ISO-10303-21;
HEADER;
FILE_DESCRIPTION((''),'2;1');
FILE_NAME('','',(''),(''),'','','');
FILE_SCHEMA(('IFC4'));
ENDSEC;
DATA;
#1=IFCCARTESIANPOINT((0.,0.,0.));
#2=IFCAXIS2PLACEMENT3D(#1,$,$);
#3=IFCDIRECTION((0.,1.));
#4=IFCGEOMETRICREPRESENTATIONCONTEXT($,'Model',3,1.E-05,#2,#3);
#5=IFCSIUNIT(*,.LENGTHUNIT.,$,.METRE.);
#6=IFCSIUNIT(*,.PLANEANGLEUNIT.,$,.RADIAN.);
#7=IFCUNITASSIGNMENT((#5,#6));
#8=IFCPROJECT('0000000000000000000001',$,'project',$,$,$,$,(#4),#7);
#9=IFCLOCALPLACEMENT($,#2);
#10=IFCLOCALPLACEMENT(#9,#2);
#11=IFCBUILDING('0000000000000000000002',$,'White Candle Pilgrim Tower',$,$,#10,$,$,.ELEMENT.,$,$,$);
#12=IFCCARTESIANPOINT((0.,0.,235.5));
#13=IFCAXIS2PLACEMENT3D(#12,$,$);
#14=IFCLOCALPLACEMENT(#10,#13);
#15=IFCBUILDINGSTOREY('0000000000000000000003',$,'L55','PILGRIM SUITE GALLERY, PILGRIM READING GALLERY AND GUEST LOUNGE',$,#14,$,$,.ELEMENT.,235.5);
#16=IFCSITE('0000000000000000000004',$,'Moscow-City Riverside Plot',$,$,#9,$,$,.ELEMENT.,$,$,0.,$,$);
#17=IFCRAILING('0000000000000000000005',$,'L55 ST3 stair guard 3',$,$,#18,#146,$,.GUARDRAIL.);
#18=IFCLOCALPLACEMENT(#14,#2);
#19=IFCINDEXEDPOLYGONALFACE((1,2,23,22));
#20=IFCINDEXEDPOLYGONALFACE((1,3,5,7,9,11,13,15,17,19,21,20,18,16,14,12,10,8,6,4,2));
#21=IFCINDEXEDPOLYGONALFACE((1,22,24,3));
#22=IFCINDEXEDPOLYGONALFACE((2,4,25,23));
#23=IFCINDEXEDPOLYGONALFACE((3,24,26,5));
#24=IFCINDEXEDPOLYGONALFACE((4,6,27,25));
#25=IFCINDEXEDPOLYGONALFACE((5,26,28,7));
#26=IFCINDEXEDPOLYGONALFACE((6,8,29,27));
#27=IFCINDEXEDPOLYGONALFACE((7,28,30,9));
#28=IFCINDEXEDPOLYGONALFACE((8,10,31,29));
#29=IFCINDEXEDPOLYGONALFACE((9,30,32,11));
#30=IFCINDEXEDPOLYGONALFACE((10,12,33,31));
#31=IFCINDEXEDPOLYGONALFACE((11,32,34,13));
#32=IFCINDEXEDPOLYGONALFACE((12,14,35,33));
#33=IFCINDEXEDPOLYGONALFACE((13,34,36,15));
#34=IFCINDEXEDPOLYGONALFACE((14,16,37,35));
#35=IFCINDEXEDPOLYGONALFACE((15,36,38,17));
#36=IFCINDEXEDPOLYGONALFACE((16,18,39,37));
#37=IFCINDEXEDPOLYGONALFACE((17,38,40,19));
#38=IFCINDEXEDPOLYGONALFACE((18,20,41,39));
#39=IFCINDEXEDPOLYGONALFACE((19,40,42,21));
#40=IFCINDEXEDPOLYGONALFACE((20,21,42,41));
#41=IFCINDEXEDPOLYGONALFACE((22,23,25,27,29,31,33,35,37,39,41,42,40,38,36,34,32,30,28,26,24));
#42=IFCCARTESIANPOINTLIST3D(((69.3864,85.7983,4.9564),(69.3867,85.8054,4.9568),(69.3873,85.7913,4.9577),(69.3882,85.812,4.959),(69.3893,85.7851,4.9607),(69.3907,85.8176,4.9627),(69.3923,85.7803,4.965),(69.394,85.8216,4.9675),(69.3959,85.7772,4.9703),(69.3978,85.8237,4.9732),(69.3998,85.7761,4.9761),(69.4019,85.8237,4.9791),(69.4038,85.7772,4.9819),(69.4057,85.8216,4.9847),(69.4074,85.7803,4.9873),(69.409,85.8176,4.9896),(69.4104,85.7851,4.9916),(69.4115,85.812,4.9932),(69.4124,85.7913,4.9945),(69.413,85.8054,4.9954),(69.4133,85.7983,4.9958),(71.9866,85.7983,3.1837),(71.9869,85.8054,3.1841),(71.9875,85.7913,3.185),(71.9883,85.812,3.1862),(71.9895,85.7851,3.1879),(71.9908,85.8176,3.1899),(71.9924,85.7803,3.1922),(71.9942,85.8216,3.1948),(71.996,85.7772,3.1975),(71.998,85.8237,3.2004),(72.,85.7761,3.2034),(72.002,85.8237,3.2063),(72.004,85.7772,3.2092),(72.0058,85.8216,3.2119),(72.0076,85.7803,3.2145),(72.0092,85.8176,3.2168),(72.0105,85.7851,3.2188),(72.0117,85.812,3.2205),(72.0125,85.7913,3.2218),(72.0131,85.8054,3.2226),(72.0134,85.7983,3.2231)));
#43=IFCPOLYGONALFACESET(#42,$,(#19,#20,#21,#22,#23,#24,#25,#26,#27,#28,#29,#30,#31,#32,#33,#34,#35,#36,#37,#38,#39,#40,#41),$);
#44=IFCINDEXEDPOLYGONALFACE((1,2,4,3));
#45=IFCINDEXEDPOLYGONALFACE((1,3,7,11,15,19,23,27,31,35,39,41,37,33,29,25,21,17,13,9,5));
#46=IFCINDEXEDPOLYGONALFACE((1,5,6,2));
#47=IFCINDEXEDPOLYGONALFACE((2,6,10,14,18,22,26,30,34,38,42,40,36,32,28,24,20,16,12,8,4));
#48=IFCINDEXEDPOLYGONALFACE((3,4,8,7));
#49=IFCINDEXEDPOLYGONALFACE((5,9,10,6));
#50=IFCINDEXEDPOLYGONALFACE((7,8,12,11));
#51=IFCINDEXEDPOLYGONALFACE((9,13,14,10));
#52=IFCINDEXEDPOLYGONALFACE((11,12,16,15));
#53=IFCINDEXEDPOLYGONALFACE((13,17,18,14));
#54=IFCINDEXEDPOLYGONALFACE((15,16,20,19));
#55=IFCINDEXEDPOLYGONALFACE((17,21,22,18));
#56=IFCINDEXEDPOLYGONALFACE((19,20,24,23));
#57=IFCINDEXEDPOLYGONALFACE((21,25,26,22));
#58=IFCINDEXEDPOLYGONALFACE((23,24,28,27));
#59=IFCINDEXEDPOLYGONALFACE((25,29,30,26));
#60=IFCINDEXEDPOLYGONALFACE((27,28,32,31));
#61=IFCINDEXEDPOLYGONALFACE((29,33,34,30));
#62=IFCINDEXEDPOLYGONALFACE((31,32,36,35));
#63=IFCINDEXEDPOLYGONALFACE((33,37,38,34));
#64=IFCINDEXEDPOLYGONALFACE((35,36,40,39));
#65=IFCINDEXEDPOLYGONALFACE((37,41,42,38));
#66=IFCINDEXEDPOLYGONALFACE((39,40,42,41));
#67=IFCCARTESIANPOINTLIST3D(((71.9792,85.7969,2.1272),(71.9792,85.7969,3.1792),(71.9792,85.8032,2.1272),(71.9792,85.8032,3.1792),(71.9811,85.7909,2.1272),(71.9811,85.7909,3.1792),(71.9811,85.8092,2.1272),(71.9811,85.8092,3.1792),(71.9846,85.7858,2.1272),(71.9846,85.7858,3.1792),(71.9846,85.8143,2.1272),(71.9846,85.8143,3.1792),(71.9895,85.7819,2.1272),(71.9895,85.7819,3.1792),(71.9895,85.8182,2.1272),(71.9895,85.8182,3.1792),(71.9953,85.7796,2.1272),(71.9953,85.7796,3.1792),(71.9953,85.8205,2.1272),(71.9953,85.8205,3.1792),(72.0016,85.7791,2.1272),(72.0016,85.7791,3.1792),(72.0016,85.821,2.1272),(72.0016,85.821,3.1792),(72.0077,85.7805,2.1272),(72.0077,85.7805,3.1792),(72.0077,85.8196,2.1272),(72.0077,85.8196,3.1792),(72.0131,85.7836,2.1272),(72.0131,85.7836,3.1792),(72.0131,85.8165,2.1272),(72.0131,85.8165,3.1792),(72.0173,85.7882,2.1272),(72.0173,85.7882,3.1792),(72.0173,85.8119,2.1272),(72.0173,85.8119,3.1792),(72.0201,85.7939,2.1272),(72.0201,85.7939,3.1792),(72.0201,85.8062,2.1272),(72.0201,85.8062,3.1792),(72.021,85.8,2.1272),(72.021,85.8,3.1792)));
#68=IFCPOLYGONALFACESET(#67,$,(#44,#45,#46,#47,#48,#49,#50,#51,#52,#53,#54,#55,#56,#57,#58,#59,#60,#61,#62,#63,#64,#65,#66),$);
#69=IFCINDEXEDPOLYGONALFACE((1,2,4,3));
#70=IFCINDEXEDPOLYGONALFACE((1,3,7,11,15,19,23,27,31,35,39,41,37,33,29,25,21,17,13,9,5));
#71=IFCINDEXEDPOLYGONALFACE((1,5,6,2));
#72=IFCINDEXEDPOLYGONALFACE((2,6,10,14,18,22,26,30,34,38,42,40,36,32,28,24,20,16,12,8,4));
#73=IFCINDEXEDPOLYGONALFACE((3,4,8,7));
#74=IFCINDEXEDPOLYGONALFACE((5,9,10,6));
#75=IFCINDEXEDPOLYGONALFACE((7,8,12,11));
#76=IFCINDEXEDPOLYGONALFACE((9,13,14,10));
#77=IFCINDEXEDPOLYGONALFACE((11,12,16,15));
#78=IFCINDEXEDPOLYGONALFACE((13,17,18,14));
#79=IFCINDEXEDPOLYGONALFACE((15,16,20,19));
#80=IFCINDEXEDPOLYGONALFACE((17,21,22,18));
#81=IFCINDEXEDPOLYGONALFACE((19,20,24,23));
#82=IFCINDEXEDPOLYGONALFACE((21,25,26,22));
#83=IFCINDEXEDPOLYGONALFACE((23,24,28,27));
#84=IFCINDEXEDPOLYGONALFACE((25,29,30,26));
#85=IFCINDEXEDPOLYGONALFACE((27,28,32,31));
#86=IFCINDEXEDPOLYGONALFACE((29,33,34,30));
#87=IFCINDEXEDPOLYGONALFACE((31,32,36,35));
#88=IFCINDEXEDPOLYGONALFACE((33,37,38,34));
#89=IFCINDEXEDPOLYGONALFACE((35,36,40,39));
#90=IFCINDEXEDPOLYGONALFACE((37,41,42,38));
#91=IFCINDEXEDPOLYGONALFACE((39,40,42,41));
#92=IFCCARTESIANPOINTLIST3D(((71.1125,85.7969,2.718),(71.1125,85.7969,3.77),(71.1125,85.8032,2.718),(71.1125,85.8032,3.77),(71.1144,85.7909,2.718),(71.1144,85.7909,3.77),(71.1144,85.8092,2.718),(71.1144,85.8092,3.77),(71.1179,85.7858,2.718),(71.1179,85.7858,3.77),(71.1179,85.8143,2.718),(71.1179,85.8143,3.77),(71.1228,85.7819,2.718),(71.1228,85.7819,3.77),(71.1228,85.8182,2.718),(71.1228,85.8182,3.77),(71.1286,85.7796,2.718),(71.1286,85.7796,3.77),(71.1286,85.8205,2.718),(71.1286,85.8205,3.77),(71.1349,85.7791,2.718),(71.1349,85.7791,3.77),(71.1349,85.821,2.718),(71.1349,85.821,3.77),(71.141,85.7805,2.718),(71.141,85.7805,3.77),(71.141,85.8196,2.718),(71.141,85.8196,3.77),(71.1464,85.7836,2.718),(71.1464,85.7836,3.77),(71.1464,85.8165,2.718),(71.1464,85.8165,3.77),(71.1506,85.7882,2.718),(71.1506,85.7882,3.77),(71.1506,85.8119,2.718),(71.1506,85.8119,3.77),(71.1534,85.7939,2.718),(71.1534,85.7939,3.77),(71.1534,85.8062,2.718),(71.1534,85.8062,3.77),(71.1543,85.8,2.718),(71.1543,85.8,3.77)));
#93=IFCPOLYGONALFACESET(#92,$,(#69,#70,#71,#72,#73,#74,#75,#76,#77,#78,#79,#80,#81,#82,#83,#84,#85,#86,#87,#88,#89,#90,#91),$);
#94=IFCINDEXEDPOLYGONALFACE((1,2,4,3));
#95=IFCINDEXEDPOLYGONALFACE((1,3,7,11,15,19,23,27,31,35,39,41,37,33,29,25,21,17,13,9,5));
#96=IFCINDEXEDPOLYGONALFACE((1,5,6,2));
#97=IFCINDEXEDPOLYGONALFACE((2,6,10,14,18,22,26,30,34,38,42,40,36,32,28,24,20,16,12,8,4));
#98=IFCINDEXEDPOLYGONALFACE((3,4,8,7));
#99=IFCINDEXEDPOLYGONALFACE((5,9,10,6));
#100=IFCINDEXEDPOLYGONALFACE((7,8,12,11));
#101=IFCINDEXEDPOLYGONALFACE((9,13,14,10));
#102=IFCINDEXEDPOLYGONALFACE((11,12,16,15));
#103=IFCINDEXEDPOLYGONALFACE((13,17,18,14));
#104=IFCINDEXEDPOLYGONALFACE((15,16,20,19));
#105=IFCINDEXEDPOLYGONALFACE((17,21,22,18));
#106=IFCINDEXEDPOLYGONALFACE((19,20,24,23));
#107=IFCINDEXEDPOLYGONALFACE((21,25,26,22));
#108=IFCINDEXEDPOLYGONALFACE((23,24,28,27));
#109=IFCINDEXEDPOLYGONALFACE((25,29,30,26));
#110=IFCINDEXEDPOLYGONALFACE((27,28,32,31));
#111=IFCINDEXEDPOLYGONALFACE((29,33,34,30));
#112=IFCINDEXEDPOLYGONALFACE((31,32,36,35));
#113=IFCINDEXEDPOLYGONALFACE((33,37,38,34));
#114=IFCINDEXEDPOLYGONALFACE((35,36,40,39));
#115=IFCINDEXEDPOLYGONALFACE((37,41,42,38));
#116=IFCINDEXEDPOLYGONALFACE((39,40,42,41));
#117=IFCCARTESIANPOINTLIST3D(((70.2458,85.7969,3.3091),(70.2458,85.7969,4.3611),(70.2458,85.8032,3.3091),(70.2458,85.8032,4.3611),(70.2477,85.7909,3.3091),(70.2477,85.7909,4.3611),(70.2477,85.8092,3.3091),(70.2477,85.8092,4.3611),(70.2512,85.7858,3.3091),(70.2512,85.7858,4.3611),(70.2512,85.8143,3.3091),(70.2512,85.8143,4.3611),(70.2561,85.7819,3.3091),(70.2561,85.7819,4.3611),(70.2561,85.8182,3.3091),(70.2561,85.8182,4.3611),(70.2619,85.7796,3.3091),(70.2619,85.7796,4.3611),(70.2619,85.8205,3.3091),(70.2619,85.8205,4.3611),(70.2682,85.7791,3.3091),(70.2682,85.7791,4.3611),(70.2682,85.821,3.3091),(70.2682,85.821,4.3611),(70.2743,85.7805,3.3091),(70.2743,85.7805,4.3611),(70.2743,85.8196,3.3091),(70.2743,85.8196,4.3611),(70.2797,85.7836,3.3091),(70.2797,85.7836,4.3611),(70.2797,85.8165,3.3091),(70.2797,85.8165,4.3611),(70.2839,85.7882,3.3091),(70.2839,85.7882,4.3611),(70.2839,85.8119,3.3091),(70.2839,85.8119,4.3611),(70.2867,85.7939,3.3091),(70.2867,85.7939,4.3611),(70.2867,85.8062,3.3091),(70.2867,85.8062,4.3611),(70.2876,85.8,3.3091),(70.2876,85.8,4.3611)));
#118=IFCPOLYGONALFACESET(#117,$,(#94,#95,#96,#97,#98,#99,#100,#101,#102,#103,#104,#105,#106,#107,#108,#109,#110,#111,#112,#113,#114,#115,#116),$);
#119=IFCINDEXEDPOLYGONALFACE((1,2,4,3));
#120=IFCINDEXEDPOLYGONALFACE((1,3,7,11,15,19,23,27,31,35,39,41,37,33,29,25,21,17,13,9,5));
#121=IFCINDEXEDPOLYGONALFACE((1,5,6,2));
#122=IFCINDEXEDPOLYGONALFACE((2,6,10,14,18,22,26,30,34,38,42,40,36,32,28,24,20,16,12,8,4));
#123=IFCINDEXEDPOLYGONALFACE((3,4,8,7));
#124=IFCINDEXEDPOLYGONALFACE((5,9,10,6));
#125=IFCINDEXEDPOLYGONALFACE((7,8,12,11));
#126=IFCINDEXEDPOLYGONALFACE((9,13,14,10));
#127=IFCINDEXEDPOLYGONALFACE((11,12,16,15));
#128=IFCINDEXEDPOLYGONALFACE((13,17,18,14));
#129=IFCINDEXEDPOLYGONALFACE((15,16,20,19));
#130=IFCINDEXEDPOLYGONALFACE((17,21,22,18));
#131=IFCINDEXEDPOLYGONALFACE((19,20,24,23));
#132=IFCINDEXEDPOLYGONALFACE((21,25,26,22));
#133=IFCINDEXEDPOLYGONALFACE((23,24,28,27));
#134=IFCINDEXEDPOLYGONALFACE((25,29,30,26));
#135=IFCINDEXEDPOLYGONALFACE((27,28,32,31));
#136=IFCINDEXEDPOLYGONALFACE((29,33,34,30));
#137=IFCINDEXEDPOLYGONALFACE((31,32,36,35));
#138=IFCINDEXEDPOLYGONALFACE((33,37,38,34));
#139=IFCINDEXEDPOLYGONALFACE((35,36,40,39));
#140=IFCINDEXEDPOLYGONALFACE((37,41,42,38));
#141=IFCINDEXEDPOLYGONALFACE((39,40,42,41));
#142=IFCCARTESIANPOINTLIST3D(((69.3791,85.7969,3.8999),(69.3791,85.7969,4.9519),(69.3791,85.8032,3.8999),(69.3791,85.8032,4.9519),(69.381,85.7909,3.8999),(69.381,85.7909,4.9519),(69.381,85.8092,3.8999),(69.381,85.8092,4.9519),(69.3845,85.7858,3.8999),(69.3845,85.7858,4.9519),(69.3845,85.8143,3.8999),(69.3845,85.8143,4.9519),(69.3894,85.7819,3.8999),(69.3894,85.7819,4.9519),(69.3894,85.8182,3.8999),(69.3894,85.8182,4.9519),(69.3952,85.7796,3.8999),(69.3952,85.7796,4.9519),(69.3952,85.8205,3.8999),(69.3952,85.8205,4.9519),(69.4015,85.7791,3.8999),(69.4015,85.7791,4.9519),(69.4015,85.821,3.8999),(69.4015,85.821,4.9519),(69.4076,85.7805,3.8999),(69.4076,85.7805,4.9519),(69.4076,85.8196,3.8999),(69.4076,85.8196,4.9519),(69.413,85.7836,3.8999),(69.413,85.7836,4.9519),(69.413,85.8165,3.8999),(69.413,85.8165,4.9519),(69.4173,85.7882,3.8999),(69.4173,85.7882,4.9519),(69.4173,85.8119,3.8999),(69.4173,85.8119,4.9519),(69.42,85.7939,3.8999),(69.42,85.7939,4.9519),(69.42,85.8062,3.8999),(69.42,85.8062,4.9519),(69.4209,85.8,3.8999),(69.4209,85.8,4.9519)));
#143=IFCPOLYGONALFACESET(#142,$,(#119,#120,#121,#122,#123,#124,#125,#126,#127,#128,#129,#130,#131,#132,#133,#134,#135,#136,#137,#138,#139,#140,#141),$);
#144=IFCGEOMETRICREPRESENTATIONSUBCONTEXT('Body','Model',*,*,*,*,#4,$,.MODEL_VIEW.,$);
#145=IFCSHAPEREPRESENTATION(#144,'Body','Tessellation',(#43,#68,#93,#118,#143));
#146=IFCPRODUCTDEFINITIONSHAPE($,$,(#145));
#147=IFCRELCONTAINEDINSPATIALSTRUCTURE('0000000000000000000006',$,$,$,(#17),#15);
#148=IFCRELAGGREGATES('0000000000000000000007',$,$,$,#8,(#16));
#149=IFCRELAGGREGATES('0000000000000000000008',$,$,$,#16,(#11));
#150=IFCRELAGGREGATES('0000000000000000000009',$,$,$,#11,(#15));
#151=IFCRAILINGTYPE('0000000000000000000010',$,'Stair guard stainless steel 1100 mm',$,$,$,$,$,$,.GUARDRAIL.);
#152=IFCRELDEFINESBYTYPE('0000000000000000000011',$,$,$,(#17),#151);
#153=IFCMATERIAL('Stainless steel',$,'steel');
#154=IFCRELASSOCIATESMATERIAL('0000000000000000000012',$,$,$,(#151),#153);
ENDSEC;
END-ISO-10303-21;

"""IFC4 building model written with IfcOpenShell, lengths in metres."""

from ifc_helpers import new_model, si_unit, direction, frame, origin, origin_2d, place, context, subcontext, project, spatial, circle, extrude, material, type_object, element, save


model = new_model("IFC4")

# Units and contexts
model_context = context("Model", 3, precision=1e-05, world=origin(), true_north=direction((0.0, 1.0)))
body_context = subcontext(model_context, "Body", "Model", "MODEL_VIEW")
ifc_project = project(units=[si_unit("LENGTHUNIT", "METRE"), si_unit("PLANEANGLEUNIT", "RADIAN")], contexts=[model_context])

# Site, building, storey
site_placement = place(None, origin())
site = spatial("IfcSite", under=ifc_project, at=site_placement, Name="Moscow-City Riverside Plot", CompositionType="ELEMENT", RefElevation=0.0)
building_placement = place(site_placement, origin())
building = spatial("IfcBuilding", under=site, at=building_placement, Name="White Candle Pilgrim Tower", CompositionType="ELEMENT")
storey_placement = place(building_placement, frame((0.0, 0.0, 235.5)))
storey = spatial("IfcBuildingStorey", under=building, at=storey_placement, Name="L55", Description="PILGRIM SUITE GALLERY, PILGRIM READING GALLERY AND GUEST LOUNGE", CompositionType="ELEMENT", Elevation=235.5)

# Shared definitions
ifc_material_1 = material(Name="Stainless steel", Category="steel")

# Railing
railing_type_1 = type_object("IfcRailingType", Name="Stair guard stainless steel 1100 mm", PredefinedType="GUARDRAIL", material=ifc_material_1)
railing_1_placement = place(storey_placement, frame((72.0, 85.8, 2.1272)))
element("IfcRailing", 1, at=railing_1_placement, inside=storey, type_object=railing_type_1, Name="L55 ST3 stair guard 3", PredefinedType="GUARDRAIL", context=body_context, shape_type="SweptSolid", body=[
    extrude(circle(Radius=0.0239, at=origin_2d()), frame((0.0, 0.0, 1.0762), z_axis=(-0.82624, 0.0, 0.563318), x_axis=(0.0, -1.0, 0.0)), (0.0, 0.0, 1.0), 3.147),
    extrude(circle(Radius=0.021, at=origin_2d()), origin(), (0.0, 0.0, 1.0), 1.052),
    extrude(circle(Radius=0.021, at=origin_2d()), frame((-0.8667, 0.0, 0.5908)), (0.0, 0.0, 1.0), 1.052),
    extrude(circle(Radius=0.021, at=origin_2d()), frame((-1.7334, 0.0, 1.1819)), (0.0, 0.0, 1.0), 1.052),
    extrude(circle(Radius=0.021, at=origin_2d()), frame((-2.6001, 0.0, 1.7727)), (0.0, 0.0, 1.0), 1.052),
])

save(model, "model.ifc")
